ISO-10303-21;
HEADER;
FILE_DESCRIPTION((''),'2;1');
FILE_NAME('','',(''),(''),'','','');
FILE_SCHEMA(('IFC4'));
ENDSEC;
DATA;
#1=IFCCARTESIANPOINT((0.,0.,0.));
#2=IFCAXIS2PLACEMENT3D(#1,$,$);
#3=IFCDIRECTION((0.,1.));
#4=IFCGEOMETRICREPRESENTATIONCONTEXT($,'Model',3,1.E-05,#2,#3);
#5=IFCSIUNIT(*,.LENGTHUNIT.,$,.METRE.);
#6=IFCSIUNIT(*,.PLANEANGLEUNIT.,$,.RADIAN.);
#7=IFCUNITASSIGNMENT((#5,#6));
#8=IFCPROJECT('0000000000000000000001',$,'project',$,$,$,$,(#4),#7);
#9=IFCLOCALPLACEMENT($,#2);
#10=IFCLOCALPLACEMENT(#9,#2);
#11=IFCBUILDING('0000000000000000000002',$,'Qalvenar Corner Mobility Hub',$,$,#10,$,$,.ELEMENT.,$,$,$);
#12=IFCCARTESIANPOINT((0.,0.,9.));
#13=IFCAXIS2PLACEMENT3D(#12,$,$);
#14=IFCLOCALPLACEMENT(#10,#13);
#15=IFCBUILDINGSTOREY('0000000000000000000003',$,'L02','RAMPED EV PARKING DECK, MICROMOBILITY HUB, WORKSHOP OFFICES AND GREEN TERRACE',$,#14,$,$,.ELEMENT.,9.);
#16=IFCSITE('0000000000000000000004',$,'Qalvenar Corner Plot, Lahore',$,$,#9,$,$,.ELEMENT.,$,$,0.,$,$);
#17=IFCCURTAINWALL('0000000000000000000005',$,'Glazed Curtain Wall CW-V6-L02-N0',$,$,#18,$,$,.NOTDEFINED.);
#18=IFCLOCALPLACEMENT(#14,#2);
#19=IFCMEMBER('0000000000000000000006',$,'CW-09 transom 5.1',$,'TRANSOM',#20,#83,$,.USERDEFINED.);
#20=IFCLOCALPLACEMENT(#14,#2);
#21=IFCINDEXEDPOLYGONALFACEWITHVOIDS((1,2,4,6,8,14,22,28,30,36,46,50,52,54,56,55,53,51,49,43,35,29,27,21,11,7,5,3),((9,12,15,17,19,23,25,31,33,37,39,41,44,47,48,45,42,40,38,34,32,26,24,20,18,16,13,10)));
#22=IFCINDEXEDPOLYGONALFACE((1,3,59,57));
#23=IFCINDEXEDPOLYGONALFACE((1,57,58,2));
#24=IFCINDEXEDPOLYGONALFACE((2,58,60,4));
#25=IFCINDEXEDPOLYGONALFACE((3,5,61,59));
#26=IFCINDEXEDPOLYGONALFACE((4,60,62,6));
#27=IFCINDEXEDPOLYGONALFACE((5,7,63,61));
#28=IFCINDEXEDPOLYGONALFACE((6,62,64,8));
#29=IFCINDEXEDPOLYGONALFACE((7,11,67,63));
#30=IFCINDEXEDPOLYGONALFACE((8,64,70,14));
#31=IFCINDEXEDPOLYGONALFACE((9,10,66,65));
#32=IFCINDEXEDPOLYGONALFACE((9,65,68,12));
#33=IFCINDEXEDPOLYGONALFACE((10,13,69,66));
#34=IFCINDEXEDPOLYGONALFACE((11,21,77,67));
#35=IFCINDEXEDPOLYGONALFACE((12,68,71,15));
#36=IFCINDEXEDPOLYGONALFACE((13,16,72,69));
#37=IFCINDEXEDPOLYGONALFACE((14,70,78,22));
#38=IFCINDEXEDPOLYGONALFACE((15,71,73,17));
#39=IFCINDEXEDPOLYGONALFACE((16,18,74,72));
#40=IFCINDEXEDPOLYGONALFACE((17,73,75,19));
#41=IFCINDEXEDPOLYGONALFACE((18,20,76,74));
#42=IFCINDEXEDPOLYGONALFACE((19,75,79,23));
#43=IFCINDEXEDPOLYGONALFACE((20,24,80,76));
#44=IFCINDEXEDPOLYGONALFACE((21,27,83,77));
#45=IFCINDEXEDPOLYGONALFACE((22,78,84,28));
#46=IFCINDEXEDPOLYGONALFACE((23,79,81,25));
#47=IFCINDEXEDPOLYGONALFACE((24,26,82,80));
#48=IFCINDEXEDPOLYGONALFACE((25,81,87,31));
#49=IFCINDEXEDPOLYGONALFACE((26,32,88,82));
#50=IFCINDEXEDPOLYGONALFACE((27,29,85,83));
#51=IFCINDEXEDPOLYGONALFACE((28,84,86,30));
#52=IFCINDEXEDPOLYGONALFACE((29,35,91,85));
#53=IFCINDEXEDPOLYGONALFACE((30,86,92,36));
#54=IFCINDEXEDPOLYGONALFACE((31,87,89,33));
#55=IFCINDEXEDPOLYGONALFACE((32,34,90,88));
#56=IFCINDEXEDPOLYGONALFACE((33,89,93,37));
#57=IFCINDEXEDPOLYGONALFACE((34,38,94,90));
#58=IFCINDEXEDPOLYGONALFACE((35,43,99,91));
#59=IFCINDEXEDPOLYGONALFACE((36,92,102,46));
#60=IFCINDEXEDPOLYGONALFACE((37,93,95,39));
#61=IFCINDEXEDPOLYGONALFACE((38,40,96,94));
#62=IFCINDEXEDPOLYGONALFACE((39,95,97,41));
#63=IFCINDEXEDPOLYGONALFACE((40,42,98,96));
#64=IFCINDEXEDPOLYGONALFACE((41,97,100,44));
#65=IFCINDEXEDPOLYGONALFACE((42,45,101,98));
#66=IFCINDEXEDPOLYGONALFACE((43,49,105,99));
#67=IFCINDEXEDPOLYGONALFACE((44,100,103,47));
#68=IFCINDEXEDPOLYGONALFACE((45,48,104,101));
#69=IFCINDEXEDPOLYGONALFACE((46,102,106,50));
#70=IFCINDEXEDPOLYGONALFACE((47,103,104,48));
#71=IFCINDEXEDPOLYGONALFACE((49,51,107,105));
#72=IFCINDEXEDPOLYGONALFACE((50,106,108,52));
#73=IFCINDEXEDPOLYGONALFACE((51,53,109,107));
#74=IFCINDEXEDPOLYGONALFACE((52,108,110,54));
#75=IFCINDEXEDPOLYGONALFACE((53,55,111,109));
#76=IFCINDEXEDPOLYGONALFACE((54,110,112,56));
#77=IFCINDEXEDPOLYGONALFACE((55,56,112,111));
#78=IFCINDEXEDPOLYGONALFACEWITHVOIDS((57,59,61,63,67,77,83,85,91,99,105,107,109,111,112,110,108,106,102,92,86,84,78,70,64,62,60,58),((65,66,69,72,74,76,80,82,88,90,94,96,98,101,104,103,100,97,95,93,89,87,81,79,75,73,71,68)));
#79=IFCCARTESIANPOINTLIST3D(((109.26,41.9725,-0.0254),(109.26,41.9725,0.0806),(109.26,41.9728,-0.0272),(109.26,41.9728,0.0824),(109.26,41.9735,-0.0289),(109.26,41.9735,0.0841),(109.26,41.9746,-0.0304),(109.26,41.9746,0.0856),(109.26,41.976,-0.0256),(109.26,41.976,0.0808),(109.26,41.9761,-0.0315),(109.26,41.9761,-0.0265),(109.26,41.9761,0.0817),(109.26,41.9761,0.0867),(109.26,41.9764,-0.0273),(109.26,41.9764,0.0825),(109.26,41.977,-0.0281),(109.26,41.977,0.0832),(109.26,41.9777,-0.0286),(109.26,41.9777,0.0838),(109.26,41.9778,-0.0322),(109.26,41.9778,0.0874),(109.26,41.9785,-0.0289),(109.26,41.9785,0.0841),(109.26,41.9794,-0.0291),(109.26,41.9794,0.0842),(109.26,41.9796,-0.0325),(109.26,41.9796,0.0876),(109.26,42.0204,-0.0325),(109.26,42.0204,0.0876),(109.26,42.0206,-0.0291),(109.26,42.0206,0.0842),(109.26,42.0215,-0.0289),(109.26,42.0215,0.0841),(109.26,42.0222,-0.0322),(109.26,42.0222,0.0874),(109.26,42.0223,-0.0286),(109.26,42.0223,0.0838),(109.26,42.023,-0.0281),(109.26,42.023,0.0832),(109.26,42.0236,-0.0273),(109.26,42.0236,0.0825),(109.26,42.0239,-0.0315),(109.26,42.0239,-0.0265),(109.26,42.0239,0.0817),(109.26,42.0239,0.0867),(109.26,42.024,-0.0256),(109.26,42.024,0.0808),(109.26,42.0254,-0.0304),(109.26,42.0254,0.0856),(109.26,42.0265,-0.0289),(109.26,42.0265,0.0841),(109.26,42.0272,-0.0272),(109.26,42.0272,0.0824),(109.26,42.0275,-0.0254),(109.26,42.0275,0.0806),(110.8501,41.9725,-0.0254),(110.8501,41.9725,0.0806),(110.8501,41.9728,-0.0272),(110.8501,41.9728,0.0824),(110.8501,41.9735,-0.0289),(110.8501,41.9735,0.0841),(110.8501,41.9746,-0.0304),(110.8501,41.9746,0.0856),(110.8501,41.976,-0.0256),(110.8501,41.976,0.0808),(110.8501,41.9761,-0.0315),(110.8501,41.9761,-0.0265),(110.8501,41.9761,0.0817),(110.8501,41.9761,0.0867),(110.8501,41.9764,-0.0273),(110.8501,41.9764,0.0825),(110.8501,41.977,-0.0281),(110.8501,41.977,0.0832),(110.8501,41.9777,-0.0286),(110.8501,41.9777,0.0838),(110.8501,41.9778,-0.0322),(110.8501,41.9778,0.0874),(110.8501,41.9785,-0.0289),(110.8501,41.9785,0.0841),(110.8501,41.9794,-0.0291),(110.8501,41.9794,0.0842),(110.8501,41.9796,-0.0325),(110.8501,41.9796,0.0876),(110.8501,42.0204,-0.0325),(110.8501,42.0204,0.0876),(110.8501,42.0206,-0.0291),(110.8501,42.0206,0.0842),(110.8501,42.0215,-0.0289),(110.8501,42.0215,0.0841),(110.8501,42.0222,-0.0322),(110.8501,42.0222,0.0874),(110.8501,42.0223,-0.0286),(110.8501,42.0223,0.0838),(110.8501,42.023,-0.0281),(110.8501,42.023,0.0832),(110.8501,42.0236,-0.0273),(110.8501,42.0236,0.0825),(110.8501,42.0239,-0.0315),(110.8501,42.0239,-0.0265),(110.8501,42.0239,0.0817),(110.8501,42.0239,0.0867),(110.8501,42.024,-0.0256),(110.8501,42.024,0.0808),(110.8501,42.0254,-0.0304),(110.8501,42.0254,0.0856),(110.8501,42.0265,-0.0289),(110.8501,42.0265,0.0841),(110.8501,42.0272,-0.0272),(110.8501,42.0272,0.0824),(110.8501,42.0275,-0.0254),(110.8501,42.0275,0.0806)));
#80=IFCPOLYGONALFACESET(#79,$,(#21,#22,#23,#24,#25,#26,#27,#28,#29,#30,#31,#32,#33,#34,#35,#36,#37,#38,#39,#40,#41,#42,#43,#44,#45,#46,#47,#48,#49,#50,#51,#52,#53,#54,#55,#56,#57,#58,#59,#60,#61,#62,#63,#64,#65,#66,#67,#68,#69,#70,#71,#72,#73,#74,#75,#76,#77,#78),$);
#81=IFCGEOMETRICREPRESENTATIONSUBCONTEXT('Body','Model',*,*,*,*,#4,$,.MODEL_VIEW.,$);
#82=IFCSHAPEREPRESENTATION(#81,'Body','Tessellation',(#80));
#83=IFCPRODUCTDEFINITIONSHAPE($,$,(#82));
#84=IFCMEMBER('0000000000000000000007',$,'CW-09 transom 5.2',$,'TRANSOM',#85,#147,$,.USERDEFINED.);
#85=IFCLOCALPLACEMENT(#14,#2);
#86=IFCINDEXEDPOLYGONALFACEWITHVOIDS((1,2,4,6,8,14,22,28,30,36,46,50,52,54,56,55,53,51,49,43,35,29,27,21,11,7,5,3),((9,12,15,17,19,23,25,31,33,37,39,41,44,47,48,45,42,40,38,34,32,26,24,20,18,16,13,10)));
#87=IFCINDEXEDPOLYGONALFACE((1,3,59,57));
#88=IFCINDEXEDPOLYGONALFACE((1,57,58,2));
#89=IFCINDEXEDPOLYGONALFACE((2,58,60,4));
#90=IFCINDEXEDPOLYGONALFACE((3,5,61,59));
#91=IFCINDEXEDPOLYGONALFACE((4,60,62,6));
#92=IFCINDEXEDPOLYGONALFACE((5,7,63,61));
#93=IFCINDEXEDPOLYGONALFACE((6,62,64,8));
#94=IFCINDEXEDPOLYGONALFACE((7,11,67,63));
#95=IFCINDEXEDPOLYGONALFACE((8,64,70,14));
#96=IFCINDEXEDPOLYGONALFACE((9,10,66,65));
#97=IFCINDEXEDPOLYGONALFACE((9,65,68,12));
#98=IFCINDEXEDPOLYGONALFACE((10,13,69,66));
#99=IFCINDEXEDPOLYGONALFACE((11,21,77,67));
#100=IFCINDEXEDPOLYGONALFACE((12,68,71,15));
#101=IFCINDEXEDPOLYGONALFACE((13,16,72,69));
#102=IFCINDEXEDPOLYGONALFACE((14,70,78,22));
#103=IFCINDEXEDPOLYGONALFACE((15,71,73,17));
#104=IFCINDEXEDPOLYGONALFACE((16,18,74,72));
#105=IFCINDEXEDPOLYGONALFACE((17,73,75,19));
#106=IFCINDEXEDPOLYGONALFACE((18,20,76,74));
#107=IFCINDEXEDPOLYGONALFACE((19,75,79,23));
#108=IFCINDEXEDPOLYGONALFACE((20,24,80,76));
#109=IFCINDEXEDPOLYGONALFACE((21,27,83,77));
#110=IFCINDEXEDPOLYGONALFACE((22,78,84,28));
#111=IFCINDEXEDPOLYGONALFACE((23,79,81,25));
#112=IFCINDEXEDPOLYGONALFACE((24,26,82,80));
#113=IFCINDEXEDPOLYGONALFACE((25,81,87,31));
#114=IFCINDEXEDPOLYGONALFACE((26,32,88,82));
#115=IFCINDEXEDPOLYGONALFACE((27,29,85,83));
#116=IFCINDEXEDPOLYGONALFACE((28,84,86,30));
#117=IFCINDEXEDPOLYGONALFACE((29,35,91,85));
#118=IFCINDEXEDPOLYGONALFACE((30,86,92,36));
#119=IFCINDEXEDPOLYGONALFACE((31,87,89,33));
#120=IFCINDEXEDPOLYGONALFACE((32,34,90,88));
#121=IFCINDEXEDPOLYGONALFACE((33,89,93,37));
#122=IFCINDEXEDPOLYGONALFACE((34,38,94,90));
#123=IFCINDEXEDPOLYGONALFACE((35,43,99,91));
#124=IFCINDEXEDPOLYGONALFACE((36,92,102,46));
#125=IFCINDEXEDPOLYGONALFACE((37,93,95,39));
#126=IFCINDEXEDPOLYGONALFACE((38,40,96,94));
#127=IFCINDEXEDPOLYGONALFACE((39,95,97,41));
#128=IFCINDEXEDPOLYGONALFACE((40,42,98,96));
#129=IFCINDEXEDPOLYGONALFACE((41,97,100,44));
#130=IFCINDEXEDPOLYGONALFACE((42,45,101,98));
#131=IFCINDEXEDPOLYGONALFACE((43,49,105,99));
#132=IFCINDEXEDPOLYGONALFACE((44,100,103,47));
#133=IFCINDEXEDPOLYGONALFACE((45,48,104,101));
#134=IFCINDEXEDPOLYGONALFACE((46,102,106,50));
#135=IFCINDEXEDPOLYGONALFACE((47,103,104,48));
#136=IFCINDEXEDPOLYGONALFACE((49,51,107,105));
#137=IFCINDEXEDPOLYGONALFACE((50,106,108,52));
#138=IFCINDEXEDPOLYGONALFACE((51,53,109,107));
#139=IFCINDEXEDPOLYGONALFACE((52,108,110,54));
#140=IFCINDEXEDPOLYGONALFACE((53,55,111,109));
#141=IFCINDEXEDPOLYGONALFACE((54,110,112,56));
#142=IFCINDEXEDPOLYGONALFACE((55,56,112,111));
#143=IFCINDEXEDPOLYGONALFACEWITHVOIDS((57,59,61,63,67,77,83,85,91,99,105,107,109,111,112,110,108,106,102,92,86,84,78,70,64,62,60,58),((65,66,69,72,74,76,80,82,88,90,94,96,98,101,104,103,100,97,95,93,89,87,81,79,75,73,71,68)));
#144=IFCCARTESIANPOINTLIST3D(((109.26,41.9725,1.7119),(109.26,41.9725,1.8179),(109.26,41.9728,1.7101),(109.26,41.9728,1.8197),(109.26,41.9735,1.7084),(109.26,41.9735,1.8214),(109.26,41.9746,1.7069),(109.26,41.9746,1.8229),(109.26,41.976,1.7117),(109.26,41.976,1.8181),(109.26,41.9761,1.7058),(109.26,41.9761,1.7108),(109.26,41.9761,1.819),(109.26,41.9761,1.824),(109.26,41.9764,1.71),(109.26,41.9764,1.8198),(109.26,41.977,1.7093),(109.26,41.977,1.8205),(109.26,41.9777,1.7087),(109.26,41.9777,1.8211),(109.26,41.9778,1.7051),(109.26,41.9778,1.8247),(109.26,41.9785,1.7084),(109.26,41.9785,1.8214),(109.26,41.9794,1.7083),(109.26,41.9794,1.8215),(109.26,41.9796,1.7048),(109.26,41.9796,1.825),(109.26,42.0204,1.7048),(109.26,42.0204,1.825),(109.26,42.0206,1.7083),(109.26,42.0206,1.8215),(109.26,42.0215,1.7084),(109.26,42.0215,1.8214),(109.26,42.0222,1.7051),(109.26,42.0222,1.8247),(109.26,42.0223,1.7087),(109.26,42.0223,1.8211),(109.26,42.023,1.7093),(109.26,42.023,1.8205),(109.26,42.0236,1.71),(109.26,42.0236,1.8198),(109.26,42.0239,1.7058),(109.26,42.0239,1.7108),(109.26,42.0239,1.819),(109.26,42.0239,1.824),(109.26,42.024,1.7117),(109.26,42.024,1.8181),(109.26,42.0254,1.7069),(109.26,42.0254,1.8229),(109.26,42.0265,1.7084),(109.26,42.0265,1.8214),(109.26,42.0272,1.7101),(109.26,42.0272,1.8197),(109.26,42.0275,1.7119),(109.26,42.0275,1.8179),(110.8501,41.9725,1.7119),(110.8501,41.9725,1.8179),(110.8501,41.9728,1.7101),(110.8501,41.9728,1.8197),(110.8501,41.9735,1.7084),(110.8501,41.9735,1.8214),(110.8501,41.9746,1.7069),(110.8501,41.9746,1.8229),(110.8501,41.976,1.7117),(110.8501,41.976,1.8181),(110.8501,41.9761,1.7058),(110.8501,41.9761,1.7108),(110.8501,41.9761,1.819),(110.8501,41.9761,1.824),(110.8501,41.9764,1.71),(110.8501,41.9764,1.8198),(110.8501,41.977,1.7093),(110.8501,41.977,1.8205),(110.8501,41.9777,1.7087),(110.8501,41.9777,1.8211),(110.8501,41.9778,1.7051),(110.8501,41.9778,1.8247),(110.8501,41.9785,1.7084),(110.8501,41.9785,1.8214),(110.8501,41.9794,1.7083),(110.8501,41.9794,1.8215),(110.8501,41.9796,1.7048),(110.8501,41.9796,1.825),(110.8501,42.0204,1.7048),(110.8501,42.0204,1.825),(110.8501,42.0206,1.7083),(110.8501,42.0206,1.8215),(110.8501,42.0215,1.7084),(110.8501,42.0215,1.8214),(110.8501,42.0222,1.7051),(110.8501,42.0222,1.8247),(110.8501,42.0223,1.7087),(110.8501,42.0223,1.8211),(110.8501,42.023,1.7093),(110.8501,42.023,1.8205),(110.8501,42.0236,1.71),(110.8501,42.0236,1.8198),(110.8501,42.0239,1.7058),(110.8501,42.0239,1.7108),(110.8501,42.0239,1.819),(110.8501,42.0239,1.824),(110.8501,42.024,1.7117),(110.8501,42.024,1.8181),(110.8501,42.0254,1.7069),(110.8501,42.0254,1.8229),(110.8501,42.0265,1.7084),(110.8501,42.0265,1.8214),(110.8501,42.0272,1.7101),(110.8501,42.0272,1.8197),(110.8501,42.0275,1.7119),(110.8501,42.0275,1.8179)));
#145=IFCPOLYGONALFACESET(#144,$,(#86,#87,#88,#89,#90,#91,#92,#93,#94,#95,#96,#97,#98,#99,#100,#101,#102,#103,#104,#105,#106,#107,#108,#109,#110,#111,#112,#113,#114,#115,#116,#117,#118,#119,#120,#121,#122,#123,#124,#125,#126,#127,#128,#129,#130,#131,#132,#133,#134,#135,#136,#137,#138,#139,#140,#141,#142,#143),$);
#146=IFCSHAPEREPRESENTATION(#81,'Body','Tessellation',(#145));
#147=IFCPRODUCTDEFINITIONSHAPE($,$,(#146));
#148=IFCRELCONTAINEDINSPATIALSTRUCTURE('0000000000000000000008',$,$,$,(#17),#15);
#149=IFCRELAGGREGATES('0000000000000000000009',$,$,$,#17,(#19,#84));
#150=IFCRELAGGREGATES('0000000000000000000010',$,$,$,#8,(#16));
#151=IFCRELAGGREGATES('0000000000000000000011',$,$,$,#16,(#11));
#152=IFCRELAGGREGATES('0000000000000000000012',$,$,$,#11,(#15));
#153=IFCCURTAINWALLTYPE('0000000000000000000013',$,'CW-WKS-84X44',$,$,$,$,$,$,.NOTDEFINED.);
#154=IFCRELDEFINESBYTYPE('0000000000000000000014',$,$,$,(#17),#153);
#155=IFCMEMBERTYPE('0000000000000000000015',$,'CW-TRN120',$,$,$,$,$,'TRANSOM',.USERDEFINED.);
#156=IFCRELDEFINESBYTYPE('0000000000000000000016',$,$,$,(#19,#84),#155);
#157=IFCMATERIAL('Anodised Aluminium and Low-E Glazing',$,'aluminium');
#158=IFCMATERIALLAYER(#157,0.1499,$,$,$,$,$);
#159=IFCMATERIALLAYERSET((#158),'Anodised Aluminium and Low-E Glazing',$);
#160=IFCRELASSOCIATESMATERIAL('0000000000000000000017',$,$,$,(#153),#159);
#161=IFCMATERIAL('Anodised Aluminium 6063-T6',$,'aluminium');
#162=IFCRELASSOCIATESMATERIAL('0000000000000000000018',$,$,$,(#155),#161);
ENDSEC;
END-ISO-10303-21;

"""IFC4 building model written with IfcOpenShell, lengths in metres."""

from ifc_helpers import new_model, si_unit, direction, frame, origin, origin_2d, place, context, subcontext, project, spatial, hollow_rectangle, extrude, material, layer, layer_set, material_profile, profile_set, type_object, element, aggregate, save


model = new_model("IFC4")

# Units and contexts
model_context = context("Model", 3, precision=1e-05, world=origin(), true_north=direction((0.0, 1.0)))
body_context = subcontext(model_context, "Body", "Model", "MODEL_VIEW")
ifc_project = project(units=[si_unit("LENGTHUNIT", "METRE"), si_unit("PLANEANGLEUNIT", "RADIAN")], contexts=[model_context])

# Site, building, storey
site_placement = place(None, origin())
site = spatial("IfcSite", under=ifc_project, at=site_placement, Name="Qalvenar Corner Plot, Lahore", CompositionType="ELEMENT", RefElevation=0.0)
building_placement = place(site_placement, origin())
building = spatial("IfcBuilding", under=site, at=building_placement, Name="Qalvenar Corner Mobility Hub", CompositionType="ELEMENT")
storey_placement = place(building_placement, frame((0.0, 0.0, 9.0)))
storey = spatial("IfcBuildingStorey", under=building, at=storey_placement, Name="L02", Description="RAMPED EV PARKING DECK, MICROMOBILITY HUB, WORKSHOP OFFICES AND GREEN TERRACE", CompositionType="ELEMENT", Elevation=9.0)

# Curtain wall
ifc_material_1 = material(Name="Anodised Aluminium and Low-E Glazing", Category="aluminium")
ifc_layer_1 = layer(ifc_material_1, 0.1499)
ifc_layer_set_1 = layer_set([ifc_layer_1], Name="Anodised Aluminium and Low-E Glazing")
curtain_wall_type_1 = type_object("IfcCurtainWallType", Name="CW-WKS-84X44", PredefinedType="NOTDEFINED", material=ifc_layer_set_1)
curtain_wall_1_placement = place(storey_placement, origin())
curtain_wall_1 = element("IfcCurtainWall", 1, at=curtain_wall_1_placement, inside=storey, type_object=curtain_wall_type_1, Name="Glazed Curtain Wall CW-V6-L02-N0", PredefinedType="NOTDEFINED")
ifc_material_2 = material(Name="Anodised Aluminium 6063-T6", Category="aluminium")

# Members
ifc_material_profile_1 = material_profile(ifc_material_2, hollow_rectangle(XDim=0.0549, YDim=0.1201, WallThickness=0.0034, InnerFilletRadius=0.0034, OuterFilletRadius=0.0071, at=origin_2d()), Name="RHS120x55x3.5")
ifc_profile_set_1 = profile_set([ifc_material_profile_1], Name="Anodised Aluminium 6063-T6")
member_type_1 = type_object("IfcMemberType", Name="CW-TRN120", ElementType="TRANSOM", PredefinedType="USERDEFINED", material=ifc_profile_set_1)
member_1_placement = place(storey_placement, frame((110.8501, 42.0, 0.0276), z_axis=(-1.0, 0.0, 0.0), x_axis=(0.0, -1.0, 0.0)))
member_1 = element("IfcMember", 2, at=member_1_placement, type_object=member_type_1, Name="CW-09 transom 5.1", ObjectType="TRANSOM", PredefinedType="USERDEFINED", context=body_context, shape_type="SweptSolid", body=[
    extrude(hollow_rectangle(XDim=0.0549, YDim=0.1201, WallThickness=0.0034, InnerFilletRadius=0.0034, OuterFilletRadius=0.0071, at=origin_2d()), origin(), (0.0, 0.0, 1.0), 1.5901),
])
member_2_placement = place(storey_placement, frame((110.8501, 42.0, 1.7649), z_axis=(-1.0, 0.0, 0.0), x_axis=(0.0, -1.0, 0.0)))
member_2 = element("IfcMember", 3, at=member_2_placement, type_object=member_type_1, Name="CW-09 transom 5.2", ObjectType="TRANSOM", PredefinedType="USERDEFINED", context=body_context, shape_type="SweptSolid", body=[
    extrude(hollow_rectangle(XDim=0.0549, YDim=0.1201, WallThickness=0.0034, InnerFilletRadius=0.0034, OuterFilletRadius=0.0071, at=origin_2d()), origin(), (0.0, 0.0, 1.0), 1.5901),
])

aggregate(curtain_wall_1, [member_1, member_2])

save(model, "model.ifc")
